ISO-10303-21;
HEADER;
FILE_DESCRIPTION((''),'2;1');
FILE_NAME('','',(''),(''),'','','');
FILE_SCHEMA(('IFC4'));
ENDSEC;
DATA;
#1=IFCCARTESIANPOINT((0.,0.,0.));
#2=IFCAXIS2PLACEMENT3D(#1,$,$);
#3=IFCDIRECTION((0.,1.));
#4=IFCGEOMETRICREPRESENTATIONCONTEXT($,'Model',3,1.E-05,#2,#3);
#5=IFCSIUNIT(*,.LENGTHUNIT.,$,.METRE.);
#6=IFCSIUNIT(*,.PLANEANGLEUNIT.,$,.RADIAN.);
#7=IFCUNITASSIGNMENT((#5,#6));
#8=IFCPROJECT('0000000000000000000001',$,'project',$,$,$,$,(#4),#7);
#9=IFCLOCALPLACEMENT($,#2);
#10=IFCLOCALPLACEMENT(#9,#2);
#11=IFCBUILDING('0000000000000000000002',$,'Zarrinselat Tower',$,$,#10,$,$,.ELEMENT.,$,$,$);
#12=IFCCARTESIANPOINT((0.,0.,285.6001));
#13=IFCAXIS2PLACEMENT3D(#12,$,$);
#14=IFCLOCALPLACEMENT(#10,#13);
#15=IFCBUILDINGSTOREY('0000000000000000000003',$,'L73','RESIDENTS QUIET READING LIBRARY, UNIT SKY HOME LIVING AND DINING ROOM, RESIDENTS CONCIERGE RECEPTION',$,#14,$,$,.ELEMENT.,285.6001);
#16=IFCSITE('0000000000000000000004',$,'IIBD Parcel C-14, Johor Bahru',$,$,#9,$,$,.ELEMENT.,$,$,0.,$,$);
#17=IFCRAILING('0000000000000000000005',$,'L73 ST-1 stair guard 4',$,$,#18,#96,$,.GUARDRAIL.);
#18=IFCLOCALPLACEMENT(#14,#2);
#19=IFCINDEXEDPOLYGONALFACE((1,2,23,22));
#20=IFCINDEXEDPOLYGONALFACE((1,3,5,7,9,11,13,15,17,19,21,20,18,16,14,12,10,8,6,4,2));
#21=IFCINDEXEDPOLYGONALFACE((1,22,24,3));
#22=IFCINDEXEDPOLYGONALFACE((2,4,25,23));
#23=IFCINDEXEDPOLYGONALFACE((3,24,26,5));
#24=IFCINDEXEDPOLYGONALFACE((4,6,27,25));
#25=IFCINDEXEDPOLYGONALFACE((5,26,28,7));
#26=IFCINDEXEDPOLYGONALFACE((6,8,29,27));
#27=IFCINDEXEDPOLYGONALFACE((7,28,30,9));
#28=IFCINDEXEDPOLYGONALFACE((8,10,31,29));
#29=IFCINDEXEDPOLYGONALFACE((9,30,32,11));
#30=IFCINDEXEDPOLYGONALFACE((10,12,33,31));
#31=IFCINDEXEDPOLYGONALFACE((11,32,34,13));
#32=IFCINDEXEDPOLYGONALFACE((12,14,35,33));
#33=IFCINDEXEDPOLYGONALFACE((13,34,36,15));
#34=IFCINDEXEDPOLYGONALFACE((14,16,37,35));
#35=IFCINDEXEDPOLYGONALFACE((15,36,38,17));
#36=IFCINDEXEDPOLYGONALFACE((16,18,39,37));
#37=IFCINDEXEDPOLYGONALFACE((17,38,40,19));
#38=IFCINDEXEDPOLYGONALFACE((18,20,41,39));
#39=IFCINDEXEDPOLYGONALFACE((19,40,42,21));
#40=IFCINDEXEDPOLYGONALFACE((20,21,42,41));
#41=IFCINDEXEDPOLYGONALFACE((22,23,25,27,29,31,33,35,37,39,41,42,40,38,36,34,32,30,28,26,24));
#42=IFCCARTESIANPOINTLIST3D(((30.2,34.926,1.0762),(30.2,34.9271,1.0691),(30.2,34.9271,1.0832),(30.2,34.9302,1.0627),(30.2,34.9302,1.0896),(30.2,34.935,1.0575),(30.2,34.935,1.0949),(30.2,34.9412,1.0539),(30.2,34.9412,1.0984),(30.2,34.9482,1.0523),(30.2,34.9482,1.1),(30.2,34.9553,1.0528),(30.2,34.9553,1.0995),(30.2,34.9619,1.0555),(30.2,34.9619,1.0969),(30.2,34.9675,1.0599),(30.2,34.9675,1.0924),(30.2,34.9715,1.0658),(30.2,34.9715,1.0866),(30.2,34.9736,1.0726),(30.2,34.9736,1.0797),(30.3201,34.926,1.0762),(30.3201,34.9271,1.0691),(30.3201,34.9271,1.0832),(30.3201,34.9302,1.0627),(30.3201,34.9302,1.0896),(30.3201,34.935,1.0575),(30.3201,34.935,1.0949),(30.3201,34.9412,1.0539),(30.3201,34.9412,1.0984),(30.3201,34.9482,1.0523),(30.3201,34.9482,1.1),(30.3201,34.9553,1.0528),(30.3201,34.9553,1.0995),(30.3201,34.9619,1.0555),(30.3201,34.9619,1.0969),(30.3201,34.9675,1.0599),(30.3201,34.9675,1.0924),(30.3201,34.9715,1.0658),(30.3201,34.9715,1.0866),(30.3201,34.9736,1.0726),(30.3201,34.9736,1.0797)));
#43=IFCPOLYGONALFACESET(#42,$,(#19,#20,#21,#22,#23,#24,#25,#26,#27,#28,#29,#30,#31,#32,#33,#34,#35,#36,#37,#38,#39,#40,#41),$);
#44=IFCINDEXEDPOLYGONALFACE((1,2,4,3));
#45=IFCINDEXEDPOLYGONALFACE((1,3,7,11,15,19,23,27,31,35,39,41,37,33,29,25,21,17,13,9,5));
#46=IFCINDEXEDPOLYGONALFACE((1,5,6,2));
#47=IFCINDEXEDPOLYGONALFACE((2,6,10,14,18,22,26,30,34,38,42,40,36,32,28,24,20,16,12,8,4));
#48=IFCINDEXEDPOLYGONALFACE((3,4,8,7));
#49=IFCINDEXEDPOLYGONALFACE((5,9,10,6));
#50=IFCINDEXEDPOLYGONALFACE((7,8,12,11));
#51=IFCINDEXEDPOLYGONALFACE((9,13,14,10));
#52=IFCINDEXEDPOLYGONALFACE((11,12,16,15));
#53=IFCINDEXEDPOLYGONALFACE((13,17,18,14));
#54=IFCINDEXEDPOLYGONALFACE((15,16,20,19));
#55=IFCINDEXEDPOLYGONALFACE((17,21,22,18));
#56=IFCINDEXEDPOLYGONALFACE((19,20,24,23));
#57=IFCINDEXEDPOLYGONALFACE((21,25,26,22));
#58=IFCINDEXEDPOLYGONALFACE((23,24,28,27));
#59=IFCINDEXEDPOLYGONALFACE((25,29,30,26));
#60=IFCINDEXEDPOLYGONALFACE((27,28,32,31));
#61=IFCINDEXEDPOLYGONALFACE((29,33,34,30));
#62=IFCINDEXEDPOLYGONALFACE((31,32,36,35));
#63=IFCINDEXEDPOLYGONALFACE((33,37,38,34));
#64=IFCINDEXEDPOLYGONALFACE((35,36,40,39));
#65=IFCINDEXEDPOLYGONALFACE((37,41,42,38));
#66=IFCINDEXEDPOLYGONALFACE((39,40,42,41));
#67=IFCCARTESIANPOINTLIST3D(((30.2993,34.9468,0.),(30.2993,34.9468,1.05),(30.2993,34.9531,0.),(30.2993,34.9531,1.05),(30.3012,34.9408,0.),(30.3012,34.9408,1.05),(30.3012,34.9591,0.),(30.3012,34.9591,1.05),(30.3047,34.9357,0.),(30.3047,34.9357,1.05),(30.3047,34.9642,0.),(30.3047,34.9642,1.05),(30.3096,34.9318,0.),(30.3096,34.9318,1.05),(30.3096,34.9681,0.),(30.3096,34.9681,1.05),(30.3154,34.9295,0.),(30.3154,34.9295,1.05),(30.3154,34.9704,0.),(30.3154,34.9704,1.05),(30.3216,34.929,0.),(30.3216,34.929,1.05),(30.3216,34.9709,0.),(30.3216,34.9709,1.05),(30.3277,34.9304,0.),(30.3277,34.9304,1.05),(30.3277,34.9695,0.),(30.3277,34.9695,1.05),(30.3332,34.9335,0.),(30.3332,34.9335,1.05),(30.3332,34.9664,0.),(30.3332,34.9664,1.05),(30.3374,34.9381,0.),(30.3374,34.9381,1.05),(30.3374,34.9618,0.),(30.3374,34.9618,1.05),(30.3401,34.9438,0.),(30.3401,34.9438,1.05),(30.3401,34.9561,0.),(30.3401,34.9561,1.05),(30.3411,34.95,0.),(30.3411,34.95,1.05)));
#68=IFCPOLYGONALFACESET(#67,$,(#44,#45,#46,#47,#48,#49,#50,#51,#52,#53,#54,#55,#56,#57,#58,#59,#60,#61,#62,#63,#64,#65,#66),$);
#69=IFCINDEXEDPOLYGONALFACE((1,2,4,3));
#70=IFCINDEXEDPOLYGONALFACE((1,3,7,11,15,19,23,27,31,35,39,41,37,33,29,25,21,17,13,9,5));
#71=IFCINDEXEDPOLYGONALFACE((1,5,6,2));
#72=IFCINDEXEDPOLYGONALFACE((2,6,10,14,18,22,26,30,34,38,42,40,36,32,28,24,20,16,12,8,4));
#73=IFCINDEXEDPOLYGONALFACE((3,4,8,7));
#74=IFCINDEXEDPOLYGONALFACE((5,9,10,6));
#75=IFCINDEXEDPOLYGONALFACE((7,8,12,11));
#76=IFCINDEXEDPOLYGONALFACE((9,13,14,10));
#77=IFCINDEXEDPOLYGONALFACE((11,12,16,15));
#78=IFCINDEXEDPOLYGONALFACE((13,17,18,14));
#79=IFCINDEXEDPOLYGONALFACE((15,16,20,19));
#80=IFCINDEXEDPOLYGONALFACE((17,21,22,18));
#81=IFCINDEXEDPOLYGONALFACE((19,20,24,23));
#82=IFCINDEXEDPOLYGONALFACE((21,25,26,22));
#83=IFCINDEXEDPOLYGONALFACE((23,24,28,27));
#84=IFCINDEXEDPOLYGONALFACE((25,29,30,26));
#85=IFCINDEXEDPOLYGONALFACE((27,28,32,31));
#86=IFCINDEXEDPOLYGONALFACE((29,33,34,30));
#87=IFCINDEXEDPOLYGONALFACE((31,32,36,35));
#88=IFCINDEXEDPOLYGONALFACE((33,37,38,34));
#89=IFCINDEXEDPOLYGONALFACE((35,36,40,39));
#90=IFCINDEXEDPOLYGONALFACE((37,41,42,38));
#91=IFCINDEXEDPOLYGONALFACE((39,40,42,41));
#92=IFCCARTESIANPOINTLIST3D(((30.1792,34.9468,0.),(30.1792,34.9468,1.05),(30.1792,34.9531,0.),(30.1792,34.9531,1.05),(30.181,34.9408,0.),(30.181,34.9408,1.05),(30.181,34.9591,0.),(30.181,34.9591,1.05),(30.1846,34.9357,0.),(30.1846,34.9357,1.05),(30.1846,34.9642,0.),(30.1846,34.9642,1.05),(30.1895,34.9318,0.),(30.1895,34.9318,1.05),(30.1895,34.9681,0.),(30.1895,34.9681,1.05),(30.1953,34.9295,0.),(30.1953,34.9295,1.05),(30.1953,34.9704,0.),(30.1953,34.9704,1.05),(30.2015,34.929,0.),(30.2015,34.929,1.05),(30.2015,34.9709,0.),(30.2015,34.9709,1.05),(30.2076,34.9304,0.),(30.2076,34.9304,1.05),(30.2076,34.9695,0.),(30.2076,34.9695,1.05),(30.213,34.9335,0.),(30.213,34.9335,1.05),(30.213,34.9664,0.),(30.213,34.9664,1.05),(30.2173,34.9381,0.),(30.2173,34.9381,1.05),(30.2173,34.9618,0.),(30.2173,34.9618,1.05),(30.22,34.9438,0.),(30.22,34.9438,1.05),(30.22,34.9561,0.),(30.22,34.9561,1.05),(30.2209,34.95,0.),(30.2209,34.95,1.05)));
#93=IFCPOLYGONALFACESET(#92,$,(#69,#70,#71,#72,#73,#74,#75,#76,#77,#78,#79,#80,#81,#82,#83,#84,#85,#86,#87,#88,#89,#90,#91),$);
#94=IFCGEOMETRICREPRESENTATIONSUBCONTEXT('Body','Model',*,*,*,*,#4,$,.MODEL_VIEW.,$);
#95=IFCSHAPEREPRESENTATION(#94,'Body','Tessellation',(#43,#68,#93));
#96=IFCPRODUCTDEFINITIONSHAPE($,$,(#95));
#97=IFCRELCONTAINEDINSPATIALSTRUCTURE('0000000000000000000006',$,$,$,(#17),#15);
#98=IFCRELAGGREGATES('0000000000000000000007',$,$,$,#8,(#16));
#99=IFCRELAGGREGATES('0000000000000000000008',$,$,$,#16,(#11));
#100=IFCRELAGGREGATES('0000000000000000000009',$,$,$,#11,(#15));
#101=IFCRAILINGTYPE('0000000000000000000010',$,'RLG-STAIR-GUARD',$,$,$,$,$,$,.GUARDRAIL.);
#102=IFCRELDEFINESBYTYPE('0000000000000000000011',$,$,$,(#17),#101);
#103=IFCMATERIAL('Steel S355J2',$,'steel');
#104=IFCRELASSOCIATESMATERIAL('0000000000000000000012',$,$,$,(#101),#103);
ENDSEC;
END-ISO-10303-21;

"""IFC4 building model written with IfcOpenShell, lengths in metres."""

from ifc_helpers import new_model, si_unit, direction, frame, origin, origin_2d, place, context, subcontext, project, spatial, circle, extrude, material, type_object, element, save


model = new_model("IFC4")

# Units and contexts
model_context = context("Model", 3, precision=1e-05, world=origin(), true_north=direction((0.0, 1.0)))
body_context = subcontext(model_context, "Body", "Model", "MODEL_VIEW")
ifc_project = project(units=[si_unit("LENGTHUNIT", "METRE"), si_unit("PLANEANGLEUNIT", "RADIAN")], contexts=[model_context])

# Site, building, storey
site_placement = place(None, origin())
site = spatial("IfcSite", under=ifc_project, at=site_placement, Name="IIBD Parcel C-14, Johor Bahru", CompositionType="ELEMENT", RefElevation=0.0)
building_placement = place(site_placement, origin())
building = spatial("IfcBuilding", under=site, at=building_placement, Name="Zarrinselat Tower", CompositionType="ELEMENT")
storey_placement = place(building_placement, frame((0.0, 0.0, 285.6001)))
storey = spatial("IfcBuildingStorey", under=building, at=storey_placement, Name="L73", Description="RESIDENTS QUIET READING LIBRARY, UNIT SKY HOME LIVING AND DINING ROOM, RESIDENTS CONCIERGE RECEPTION", CompositionType="ELEMENT", Elevation=285.6001)

# Railing
ifc_material_1 = material(Name="Steel S355J2", Category="steel")
railing_type_1 = type_object("IfcRailingType", Name="RLG-STAIR-GUARD", PredefinedType="GUARDRAIL", material=ifc_material_1)
railing_1_placement = place(storey_placement, frame((30.3201, 34.95, 0.0)))
element("IfcRailing", 1, at=railing_1_placement, inside=storey, type_object=railing_type_1, Name="L73 ST-1 stair guard 4", PredefinedType="GUARDRAIL", context=body_context, shape_type="SweptSolid", body=[
    extrude(circle(Radius=0.0239, at=origin_2d()), frame((0.0, 0.0, 1.0762), z_axis=(-1.0, 0.0, 0.0), x_axis=(0.0, -1.0, 0.0)), (0.0, 0.0, 1.0), 0.1201),
    extrude(circle(Radius=0.021, at=origin_2d()), origin(), (0.0, 0.0, 1.0), 1.05),
    extrude(circle(Radius=0.021, at=origin_2d()), frame((-0.1201, 0.0, 0.0)), (0.0, 0.0, 1.0), 1.05),
])

save(model, "model.ifc")
